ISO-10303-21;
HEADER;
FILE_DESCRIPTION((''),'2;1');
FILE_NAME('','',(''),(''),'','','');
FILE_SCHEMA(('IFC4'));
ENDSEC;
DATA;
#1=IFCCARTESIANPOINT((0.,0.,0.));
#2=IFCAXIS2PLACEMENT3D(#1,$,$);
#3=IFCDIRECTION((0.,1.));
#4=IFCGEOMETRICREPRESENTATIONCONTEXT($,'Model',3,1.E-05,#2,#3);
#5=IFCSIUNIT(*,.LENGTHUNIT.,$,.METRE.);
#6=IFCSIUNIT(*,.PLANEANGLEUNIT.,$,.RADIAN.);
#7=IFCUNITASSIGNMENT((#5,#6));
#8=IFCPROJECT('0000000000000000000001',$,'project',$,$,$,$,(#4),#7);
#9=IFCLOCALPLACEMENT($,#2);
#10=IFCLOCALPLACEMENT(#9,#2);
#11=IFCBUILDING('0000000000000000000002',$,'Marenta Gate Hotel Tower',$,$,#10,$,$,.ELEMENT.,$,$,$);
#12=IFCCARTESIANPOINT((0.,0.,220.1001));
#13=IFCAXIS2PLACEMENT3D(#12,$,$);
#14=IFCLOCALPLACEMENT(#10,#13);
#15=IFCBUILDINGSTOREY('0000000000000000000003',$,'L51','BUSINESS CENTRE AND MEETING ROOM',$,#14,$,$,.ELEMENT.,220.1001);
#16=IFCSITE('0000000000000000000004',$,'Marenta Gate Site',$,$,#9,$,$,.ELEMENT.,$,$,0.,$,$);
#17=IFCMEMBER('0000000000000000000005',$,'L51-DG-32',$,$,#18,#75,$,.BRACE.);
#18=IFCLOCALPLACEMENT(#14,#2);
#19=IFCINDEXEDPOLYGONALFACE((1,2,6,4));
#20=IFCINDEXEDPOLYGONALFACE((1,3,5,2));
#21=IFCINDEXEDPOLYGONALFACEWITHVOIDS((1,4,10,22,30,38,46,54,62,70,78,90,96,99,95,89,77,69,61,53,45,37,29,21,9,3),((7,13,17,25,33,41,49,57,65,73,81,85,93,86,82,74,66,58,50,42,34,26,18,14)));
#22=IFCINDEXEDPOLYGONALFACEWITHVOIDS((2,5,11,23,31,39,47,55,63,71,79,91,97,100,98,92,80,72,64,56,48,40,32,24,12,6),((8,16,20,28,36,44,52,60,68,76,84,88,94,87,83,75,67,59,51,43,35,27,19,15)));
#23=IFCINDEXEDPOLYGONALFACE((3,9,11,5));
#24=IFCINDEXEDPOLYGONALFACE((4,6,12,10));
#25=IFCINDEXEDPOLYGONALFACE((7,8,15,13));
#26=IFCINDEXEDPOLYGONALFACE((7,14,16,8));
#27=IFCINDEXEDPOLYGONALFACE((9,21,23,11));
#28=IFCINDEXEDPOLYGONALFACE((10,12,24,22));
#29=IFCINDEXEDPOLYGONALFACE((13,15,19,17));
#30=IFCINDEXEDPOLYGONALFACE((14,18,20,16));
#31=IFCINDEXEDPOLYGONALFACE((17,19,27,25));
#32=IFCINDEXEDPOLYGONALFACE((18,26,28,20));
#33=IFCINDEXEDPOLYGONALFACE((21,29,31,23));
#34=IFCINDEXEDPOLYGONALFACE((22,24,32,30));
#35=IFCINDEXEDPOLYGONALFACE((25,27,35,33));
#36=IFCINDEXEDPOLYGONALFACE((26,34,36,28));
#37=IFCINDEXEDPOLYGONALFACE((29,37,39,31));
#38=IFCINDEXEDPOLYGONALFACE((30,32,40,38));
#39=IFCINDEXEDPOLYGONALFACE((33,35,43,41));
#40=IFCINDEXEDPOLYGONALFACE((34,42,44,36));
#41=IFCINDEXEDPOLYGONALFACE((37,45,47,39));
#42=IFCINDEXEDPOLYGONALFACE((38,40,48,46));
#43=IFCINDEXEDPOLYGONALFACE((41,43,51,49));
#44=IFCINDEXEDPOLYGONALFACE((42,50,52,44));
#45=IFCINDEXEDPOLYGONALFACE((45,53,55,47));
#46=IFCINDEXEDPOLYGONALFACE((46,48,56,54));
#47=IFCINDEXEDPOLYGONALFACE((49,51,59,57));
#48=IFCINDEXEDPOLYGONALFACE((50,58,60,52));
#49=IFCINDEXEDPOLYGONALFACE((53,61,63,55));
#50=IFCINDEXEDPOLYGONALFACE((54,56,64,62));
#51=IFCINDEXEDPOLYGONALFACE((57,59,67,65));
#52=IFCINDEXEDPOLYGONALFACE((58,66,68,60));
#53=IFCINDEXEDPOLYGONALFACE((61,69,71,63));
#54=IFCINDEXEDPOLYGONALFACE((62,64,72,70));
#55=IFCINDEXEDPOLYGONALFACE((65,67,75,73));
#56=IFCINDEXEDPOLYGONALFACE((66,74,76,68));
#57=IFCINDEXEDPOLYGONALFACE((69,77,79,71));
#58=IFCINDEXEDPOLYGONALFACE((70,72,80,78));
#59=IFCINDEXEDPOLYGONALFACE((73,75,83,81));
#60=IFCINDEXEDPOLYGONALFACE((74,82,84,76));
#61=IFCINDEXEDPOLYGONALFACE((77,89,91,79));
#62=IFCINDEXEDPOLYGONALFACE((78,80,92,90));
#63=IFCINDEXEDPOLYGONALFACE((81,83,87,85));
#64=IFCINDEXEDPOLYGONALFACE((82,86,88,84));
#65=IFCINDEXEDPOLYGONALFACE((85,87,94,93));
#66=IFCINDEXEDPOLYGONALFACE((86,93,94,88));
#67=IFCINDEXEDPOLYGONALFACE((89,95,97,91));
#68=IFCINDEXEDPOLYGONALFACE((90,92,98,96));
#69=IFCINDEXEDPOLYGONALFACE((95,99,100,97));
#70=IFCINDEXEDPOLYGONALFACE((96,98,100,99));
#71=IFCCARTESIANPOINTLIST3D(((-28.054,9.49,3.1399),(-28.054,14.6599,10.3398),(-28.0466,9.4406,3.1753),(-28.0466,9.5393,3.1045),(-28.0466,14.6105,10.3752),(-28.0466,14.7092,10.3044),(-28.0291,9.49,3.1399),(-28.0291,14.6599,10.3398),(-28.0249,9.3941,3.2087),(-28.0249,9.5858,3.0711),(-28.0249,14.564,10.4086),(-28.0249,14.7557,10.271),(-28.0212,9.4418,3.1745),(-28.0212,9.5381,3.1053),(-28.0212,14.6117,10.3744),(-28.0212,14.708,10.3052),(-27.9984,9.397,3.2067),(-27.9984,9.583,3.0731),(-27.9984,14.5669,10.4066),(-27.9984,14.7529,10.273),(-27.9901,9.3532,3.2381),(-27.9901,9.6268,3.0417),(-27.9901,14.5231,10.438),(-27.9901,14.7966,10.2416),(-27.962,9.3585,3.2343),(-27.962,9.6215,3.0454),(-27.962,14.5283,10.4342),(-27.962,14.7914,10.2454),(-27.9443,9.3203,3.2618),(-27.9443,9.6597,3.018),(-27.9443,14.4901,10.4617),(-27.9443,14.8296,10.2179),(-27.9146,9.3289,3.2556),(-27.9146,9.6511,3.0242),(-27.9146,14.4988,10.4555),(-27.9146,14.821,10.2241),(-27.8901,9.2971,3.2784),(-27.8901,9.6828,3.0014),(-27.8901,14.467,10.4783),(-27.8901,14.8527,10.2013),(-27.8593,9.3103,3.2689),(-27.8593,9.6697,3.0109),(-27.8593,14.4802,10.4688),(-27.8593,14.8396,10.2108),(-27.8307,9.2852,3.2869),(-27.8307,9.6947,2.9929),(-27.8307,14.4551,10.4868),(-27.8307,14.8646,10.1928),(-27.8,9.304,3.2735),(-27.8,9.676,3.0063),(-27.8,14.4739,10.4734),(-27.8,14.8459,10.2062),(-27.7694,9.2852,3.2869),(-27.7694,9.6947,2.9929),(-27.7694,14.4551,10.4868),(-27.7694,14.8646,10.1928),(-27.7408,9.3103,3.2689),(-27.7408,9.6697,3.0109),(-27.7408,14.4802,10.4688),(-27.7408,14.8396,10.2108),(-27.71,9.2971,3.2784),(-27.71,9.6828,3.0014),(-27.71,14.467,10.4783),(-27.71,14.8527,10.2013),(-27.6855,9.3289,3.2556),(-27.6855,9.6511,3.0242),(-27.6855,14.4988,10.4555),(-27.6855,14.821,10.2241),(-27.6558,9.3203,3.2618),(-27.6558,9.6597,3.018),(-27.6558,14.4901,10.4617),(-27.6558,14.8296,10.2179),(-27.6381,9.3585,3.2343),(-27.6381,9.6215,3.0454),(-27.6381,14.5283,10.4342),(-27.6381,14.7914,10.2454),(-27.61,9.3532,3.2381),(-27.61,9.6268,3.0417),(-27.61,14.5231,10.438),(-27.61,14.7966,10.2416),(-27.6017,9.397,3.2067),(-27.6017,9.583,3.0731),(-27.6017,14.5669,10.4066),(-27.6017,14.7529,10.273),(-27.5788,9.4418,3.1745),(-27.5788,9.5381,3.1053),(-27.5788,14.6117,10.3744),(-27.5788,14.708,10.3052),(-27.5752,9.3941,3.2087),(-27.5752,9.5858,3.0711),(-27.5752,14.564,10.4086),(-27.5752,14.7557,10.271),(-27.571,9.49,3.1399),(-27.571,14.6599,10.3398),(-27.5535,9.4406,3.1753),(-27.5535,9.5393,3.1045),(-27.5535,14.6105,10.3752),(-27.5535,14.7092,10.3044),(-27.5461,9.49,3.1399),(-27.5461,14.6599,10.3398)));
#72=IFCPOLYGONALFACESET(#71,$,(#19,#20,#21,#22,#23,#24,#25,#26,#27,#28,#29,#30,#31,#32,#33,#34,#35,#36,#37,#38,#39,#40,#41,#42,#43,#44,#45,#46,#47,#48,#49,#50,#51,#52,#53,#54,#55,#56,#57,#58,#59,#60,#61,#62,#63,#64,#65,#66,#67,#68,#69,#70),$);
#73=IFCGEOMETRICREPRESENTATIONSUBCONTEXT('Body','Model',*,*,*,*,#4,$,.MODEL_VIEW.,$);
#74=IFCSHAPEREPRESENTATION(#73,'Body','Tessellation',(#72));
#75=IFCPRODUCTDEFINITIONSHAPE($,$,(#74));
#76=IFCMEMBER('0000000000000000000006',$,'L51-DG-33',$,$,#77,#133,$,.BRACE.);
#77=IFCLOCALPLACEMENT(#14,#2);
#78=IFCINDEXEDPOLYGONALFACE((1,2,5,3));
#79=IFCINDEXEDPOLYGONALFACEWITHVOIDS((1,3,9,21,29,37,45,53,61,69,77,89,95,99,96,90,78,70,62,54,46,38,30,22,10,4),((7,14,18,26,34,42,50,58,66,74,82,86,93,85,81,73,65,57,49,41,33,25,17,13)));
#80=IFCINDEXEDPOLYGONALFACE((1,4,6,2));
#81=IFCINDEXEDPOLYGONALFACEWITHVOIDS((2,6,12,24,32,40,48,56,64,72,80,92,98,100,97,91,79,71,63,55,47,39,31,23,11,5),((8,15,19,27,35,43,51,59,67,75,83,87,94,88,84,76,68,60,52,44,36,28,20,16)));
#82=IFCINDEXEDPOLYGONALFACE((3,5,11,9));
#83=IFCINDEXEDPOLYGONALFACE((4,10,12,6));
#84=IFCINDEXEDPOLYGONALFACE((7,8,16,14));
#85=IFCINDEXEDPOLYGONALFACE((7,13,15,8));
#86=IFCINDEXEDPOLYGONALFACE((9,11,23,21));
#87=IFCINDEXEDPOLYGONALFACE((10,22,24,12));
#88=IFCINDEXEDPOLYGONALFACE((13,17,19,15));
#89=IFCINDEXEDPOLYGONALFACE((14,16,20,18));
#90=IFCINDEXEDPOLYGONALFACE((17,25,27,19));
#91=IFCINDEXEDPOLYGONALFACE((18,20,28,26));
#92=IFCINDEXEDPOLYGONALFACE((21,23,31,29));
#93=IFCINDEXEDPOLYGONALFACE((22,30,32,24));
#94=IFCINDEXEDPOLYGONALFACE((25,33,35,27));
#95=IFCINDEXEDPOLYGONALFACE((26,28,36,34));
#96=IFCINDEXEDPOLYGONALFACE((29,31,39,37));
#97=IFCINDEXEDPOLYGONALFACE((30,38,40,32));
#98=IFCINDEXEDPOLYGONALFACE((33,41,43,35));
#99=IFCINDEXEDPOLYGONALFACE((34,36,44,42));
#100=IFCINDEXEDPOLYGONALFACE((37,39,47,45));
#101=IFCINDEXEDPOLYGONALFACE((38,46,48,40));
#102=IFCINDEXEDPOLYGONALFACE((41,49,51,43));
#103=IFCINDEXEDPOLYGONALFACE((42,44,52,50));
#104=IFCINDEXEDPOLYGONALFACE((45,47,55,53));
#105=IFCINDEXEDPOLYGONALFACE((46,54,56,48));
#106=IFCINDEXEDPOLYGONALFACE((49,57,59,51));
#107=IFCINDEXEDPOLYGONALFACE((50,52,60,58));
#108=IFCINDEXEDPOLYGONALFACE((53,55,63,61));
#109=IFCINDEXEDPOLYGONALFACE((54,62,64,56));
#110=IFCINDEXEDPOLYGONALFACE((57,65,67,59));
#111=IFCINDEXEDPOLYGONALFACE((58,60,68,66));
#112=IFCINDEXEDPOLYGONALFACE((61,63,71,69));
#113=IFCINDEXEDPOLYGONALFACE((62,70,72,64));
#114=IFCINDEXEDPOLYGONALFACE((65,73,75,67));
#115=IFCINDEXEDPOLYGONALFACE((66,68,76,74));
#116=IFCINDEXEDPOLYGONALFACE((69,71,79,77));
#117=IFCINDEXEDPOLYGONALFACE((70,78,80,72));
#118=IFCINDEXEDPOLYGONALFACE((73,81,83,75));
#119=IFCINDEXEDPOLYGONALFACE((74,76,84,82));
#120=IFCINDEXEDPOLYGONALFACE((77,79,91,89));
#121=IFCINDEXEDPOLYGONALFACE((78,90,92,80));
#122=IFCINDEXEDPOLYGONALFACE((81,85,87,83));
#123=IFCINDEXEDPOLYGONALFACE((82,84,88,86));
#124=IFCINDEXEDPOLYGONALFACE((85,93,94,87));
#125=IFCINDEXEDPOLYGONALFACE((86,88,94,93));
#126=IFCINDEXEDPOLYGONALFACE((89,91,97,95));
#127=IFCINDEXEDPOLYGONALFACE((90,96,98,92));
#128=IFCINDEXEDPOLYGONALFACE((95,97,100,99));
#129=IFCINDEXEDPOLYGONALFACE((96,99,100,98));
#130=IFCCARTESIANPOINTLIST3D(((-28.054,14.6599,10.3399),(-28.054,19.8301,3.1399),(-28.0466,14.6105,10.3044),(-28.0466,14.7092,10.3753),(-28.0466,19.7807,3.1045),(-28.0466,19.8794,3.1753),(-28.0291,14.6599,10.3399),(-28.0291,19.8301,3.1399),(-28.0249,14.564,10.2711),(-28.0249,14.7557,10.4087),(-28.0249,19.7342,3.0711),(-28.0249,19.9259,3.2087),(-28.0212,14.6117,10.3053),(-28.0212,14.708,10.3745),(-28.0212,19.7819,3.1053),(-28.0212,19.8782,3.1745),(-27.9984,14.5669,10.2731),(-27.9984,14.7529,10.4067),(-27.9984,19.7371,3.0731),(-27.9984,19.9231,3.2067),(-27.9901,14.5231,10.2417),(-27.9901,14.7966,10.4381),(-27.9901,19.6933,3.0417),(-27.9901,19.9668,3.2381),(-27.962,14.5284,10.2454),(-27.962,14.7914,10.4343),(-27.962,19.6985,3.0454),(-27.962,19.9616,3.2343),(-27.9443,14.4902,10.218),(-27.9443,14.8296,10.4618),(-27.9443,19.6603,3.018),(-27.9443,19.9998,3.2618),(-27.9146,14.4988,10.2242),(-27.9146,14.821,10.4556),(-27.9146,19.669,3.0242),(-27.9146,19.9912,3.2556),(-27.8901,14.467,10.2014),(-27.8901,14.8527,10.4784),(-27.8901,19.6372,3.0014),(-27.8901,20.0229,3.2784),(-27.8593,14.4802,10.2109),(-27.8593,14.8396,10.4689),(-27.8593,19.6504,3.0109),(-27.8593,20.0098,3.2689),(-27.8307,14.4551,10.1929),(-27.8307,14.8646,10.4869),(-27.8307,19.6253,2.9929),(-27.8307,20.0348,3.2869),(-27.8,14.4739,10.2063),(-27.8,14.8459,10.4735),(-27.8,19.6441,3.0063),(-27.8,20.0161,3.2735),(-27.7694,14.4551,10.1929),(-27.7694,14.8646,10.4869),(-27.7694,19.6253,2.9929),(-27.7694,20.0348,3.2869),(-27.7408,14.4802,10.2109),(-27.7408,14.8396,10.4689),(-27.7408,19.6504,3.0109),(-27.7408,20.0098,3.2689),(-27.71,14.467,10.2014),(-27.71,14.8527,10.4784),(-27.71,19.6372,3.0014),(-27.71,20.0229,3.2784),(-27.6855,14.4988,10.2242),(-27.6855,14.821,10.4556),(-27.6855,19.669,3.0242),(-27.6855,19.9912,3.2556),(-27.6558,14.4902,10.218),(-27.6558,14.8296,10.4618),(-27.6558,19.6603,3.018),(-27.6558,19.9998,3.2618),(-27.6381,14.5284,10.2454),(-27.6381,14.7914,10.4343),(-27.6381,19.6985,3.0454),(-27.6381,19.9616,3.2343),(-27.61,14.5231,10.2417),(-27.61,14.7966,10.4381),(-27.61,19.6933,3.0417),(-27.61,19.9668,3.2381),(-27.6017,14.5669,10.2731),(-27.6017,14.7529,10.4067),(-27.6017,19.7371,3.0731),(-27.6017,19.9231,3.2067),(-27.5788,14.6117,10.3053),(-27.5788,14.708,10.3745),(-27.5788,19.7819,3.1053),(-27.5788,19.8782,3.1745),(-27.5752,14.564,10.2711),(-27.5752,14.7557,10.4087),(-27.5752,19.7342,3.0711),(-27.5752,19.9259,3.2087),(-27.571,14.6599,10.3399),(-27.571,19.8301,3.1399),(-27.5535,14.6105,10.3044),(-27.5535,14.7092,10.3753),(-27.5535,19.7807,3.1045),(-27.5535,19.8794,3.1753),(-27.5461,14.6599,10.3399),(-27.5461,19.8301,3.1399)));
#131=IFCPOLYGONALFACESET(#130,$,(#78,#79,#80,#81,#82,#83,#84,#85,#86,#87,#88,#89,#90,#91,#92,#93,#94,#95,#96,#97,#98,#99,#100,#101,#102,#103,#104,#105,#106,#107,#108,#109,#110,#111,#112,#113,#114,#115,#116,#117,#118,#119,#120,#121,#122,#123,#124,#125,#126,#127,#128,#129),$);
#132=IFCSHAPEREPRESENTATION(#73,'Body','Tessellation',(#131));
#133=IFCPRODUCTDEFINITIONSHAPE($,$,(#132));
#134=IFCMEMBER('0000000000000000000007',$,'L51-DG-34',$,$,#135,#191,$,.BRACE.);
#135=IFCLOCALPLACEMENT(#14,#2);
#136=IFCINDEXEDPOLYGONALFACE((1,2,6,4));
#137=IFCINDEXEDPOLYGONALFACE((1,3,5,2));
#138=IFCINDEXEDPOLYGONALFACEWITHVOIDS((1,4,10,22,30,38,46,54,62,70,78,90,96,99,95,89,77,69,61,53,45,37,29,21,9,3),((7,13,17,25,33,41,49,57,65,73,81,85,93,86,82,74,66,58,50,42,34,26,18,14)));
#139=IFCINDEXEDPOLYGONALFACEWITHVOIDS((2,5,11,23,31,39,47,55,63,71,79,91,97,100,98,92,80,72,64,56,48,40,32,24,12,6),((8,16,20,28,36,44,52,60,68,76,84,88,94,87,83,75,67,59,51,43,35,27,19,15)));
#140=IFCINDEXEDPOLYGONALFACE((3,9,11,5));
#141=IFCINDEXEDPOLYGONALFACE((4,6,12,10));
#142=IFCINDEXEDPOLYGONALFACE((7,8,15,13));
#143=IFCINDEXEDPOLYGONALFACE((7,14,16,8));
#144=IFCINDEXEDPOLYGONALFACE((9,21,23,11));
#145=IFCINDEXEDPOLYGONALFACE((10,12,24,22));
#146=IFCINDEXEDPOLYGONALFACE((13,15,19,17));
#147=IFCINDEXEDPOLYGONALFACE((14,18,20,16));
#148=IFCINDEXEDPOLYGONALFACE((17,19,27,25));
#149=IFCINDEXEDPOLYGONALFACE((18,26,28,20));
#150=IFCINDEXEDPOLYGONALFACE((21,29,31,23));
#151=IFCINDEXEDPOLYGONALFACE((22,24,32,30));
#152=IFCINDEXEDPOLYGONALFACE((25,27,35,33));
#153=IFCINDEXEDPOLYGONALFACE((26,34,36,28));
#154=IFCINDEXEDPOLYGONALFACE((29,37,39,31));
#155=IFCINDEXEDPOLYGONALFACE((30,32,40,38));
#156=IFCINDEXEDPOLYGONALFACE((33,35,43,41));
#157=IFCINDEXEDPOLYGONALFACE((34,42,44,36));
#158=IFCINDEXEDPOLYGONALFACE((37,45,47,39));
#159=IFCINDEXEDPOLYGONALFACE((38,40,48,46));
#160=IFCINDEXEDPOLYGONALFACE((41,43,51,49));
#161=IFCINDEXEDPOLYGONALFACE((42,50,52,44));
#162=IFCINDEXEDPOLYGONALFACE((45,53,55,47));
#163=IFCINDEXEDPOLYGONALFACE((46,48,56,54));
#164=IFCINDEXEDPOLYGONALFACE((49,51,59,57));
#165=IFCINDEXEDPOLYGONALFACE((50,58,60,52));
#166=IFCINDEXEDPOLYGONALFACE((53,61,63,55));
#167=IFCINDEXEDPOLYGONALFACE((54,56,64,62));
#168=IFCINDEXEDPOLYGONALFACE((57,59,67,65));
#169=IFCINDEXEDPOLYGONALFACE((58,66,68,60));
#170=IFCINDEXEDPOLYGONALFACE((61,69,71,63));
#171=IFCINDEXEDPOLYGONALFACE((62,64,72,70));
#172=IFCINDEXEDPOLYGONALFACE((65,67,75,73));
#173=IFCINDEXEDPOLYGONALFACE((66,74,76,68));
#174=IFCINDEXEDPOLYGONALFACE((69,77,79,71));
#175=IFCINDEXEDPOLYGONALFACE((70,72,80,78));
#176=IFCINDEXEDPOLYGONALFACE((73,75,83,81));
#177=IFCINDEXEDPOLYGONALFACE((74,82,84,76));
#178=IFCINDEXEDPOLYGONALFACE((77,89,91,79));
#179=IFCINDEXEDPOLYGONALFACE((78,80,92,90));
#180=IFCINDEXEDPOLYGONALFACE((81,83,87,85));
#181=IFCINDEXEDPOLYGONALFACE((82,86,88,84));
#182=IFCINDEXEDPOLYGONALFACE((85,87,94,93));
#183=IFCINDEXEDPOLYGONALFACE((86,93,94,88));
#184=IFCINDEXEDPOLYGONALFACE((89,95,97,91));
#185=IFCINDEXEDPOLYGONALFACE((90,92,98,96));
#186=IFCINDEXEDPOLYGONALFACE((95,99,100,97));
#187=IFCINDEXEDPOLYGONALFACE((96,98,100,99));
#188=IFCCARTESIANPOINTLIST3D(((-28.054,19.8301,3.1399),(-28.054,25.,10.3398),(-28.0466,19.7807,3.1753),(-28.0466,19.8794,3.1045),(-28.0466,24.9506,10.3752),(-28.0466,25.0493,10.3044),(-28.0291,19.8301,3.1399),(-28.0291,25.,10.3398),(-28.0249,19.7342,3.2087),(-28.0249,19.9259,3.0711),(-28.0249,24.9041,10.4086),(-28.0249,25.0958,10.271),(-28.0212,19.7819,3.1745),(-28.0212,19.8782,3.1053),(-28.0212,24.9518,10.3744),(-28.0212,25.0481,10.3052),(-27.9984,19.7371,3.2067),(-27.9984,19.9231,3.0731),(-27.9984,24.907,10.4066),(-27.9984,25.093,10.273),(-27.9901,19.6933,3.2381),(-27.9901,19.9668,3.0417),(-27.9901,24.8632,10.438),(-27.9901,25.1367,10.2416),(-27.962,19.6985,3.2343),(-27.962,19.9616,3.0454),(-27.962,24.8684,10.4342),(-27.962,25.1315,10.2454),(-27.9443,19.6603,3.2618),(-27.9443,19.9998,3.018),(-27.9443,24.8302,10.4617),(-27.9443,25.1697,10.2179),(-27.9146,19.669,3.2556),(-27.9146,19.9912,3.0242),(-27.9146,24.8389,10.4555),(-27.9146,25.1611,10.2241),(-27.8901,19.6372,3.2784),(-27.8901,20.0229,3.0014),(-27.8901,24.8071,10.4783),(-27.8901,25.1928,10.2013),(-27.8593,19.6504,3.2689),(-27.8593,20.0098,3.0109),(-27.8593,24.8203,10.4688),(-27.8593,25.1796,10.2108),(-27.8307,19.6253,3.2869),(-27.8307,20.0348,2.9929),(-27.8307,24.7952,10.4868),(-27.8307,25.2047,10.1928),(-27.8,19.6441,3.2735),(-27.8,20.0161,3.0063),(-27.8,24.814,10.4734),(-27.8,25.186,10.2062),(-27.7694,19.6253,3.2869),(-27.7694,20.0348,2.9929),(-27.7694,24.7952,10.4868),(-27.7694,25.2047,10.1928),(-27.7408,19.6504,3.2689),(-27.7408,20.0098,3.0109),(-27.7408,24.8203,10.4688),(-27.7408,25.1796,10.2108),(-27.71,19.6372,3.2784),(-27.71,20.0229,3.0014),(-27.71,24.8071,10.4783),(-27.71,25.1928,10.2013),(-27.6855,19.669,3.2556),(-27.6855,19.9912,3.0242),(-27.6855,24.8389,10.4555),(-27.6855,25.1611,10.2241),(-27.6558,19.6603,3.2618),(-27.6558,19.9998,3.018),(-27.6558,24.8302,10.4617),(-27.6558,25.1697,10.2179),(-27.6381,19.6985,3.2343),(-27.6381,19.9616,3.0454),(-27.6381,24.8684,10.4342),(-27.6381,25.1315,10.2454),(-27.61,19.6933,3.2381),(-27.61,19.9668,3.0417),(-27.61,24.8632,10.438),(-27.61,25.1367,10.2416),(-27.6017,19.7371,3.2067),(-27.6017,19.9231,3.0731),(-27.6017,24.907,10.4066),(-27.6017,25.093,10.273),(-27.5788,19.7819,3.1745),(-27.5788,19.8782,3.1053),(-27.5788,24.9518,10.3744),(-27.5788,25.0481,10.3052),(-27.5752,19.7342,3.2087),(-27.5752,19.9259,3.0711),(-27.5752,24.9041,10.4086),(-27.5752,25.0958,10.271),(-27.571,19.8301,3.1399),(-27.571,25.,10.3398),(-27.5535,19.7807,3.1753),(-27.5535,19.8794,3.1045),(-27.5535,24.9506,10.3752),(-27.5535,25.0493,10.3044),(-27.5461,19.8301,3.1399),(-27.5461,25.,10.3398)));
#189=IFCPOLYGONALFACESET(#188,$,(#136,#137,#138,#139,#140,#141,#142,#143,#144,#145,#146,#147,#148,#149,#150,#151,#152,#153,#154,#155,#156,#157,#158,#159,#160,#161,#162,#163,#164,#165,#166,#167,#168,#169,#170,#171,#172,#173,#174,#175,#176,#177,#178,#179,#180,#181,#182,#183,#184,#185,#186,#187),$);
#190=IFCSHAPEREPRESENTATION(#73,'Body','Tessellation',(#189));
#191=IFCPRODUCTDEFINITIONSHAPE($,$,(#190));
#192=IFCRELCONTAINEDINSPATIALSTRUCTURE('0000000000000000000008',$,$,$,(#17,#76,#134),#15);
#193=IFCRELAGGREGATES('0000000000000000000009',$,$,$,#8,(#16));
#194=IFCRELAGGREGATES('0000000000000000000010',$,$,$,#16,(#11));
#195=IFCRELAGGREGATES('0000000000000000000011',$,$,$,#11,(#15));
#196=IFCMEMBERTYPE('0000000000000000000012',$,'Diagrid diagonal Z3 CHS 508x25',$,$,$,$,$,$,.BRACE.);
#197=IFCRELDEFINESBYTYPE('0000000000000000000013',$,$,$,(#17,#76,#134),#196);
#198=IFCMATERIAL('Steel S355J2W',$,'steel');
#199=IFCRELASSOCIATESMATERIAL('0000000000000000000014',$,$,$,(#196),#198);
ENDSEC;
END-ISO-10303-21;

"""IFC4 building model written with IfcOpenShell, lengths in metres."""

from ifc_helpers import new_model, si_unit, direction, frame, origin, origin_2d, place, context, subcontext, project, spatial, hollow_circle, extrude, material, material_profile, profile_set, type_object, element, save


model = new_model("IFC4")

# Units and contexts
model_context = context("Model", 3, precision=1e-05, world=origin(), true_north=direction((0.0, 1.0)))
body_context = subcontext(model_context, "Body", "Model", "MODEL_VIEW")
ifc_project = project(units=[si_unit("LENGTHUNIT", "METRE"), si_unit("PLANEANGLEUNIT", "RADIAN")], contexts=[model_context])

# Site, building, storey
site_placement = place(None, origin())
site = spatial("IfcSite", under=ifc_project, at=site_placement, Name="Marenta Gate Site", CompositionType="ELEMENT", RefElevation=0.0)
building_placement = place(site_placement, origin())
building = spatial("IfcBuilding", under=site, at=building_placement, Name="Marenta Gate Hotel Tower", CompositionType="ELEMENT")
storey_placement = place(building_placement, frame((0.0, 0.0, 220.1001)))
storey = spatial("IfcBuildingStorey", under=building, at=storey_placement, Name="L51", Description="BUSINESS CENTRE AND MEETING ROOM", CompositionType="ELEMENT", Elevation=220.1001)

# Members
ifc_material_1 = material(Name="Steel S355J2W", Category="steel")
ifc_material_profile_1 = material_profile(ifc_material_1, hollow_circle(Radius=0.2539, WallThickness=0.0249, at=origin_2d()), Name="CHS 508x25")
ifc_profile_set_1 = profile_set([ifc_material_profile_1], Name="Steel S355J2W")
member_type_1 = type_object("IfcMemberType", Name="Diagrid diagonal Z3 CHS 508x25", PredefinedType="BRACE", material=ifc_profile_set_1)
member_1_placement = place(storey_placement, frame((-27.8, 9.49, 3.1399), z_axis=(0.0, 0.583261, 0.812285), x_axis=(-1.0, 0.0, 0.0)))
element("IfcMember", 1, at=member_1_placement, inside=storey, type_object=member_type_1, Name="L51-DG-32", PredefinedType="BRACE", context=body_context, shape_type="SweptSolid", body=[
    extrude(hollow_circle(Radius=0.2539, WallThickness=0.0249, at=origin_2d()), origin(), (0.0, 0.0, 1.0), 8.8638),
])
member_2_placement = place(storey_placement, frame((-27.8, 19.8301, 3.1399), z_axis=(0.0, -0.583279, 0.812272), x_axis=(1.0, 0.0, 0.0)))
element("IfcMember", 2, at=member_2_placement, inside=storey, type_object=member_type_1, Name="L51-DG-33", PredefinedType="BRACE", context=body_context, shape_type="SweptSolid", body=[
    extrude(hollow_circle(Radius=0.2539, WallThickness=0.0249, at=origin_2d()), origin(), (0.0, 0.0, 1.0), 8.864),
])
member_3_placement = place(storey_placement, frame((-27.8, 19.8301, 3.1399), z_axis=(0.0, 0.583261, 0.812285), x_axis=(-1.0, 0.0, 0.0)))
element("IfcMember", 3, at=member_3_placement, inside=storey, type_object=member_type_1, Name="L51-DG-34", PredefinedType="BRACE", context=body_context, shape_type="SweptSolid", body=[
    extrude(hollow_circle(Radius=0.2539, WallThickness=0.0249, at=origin_2d()), origin(), (0.0, 0.0, 1.0), 8.8638),
])

save(model, "model.ifc")
